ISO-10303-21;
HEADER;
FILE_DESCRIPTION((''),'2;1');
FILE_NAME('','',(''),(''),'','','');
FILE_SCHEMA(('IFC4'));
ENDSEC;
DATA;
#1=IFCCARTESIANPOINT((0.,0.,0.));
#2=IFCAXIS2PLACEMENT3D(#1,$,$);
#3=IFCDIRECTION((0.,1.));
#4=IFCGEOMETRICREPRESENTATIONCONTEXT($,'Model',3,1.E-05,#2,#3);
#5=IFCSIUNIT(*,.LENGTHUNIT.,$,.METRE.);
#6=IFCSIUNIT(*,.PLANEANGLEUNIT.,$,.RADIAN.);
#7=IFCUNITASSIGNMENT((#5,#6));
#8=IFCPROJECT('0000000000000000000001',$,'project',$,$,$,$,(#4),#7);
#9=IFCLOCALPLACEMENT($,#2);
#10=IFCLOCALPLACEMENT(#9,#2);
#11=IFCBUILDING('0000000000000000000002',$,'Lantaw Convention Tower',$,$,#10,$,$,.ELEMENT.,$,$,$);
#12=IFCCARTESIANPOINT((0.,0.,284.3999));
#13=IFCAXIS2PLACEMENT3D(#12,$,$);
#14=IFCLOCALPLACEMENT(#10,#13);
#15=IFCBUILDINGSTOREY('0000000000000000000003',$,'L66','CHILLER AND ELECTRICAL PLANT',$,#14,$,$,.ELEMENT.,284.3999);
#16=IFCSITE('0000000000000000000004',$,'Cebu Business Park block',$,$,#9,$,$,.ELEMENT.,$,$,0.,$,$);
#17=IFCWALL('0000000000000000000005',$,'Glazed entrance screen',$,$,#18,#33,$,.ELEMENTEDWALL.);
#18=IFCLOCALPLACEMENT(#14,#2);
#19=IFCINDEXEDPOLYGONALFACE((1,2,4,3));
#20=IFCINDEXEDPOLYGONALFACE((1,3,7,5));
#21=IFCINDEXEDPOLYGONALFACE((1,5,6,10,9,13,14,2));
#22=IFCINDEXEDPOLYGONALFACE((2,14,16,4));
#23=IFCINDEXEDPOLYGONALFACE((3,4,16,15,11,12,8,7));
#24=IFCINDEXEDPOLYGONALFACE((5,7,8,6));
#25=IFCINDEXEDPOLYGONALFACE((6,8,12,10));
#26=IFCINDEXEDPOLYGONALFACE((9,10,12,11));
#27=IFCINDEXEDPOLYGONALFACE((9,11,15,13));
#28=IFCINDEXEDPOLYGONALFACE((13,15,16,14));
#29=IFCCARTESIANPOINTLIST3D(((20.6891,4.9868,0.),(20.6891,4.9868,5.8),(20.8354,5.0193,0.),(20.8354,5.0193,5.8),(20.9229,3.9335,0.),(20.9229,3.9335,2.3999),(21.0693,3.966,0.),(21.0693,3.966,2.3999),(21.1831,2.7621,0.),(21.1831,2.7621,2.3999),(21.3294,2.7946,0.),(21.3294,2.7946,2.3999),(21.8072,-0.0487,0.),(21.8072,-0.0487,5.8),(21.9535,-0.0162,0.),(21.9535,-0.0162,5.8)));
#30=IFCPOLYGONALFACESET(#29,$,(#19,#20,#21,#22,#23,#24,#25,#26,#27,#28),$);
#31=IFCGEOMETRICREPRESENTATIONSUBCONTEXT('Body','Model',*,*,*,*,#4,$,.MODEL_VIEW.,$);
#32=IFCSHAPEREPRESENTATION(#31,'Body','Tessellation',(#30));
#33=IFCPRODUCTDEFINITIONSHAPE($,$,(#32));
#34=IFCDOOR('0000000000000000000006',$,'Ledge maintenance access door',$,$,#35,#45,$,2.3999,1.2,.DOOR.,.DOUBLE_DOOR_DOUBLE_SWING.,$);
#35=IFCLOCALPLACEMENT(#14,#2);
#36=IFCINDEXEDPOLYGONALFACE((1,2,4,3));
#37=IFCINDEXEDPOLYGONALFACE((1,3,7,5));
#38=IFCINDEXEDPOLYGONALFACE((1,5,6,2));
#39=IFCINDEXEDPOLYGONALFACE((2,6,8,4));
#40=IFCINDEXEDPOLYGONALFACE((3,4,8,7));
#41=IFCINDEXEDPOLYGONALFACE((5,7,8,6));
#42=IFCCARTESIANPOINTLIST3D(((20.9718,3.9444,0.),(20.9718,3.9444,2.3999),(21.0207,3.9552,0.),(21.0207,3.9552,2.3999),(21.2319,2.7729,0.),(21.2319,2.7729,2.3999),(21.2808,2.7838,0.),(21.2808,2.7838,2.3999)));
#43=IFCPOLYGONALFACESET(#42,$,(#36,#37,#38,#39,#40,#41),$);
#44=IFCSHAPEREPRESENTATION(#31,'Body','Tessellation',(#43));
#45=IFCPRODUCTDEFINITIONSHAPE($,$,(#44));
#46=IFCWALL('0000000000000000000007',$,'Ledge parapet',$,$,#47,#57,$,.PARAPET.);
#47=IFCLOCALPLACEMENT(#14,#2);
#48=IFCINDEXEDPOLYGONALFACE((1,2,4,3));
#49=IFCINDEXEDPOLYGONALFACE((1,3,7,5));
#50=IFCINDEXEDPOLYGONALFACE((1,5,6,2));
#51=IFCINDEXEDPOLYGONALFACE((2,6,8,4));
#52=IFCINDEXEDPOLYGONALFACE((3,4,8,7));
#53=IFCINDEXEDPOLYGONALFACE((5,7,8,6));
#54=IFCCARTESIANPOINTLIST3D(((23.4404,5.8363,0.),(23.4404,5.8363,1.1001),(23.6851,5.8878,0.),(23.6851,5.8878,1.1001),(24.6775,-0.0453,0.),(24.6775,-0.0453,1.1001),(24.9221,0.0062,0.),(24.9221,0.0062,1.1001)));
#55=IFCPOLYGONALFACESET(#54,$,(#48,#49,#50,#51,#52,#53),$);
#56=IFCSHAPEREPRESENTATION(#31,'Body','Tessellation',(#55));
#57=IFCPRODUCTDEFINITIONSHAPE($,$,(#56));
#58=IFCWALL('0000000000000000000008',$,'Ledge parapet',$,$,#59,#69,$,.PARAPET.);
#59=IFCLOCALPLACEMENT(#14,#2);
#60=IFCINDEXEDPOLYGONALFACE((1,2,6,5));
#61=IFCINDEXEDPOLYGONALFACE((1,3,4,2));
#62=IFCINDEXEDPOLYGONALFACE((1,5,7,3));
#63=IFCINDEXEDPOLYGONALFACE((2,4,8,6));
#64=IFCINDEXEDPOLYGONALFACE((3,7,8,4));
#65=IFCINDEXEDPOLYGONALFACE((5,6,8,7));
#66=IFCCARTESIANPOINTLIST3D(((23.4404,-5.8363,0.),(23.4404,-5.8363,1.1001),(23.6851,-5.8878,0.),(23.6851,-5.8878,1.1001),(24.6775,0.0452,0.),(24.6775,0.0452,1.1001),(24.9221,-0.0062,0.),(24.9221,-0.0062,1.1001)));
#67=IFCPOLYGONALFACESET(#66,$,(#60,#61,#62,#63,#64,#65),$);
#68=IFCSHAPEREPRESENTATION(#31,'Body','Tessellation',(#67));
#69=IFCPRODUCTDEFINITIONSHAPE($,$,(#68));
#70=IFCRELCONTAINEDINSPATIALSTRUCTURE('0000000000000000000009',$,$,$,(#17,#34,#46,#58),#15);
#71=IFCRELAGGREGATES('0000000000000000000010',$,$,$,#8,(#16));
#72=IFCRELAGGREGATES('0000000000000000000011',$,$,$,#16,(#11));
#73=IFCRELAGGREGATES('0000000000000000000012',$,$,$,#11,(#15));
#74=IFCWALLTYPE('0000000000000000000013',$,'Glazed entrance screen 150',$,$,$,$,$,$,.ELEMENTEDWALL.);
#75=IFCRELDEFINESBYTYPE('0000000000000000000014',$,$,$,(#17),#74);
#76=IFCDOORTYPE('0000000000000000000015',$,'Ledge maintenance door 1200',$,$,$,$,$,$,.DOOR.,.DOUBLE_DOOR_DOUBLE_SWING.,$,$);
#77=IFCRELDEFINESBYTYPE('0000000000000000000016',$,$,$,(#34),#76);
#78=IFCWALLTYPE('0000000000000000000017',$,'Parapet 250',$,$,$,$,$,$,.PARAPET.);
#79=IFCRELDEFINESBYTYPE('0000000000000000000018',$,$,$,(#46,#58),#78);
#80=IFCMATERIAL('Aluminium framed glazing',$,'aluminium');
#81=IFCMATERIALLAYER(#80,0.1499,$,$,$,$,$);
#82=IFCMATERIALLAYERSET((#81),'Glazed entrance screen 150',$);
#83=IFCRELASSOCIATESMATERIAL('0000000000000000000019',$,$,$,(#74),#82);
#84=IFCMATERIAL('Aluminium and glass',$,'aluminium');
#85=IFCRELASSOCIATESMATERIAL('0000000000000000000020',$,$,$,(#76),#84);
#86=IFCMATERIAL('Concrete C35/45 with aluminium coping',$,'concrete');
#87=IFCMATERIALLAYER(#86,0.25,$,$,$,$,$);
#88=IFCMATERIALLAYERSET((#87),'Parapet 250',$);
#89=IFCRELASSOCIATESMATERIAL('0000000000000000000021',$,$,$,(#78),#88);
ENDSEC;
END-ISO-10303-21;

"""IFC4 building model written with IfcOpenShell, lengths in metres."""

from ifc_helpers import new_model, si_unit, direction, frame, frame_2d, origin, place, context, subcontext, project, spatial, rectangle, extrude, material, layer, layer_set, type_object, element, fill, save


model = new_model("IFC4")

# Units and contexts
model_context = context("Model", 3, precision=1e-05, world=origin(), true_north=direction((0.0, 1.0)))
body_context = subcontext(model_context, "Body", "Model", "MODEL_VIEW")
ifc_project = project(units=[si_unit("LENGTHUNIT", "METRE"), si_unit("PLANEANGLEUNIT", "RADIAN")], contexts=[model_context])

# Site, building, storey
site_placement = place(None, origin())
site = spatial("IfcSite", under=ifc_project, at=site_placement, Name="Cebu Business Park block", CompositionType="ELEMENT", RefElevation=0.0)
building_placement = place(site_placement, origin())
building = spatial("IfcBuilding", under=site, at=building_placement, Name="Lantaw Convention Tower", CompositionType="ELEMENT")
storey_placement = place(building_placement, frame((0.0, 0.0, 284.3999)))
storey = spatial("IfcBuildingStorey", under=building, at=storey_placement, Name="L66", Description="CHILLER AND ELECTRICAL PLANT", CompositionType="ELEMENT", Elevation=284.3999)

# Wall, opening, door
ifc_material_1 = material(Name="Aluminium framed glazing", Category="aluminium")
ifc_layer_1 = layer(ifc_material_1, 0.1499)
ifc_layer_set_1 = layer_set([ifc_layer_1], Name="Glazed entrance screen 150")
wall_type_1 = type_object("IfcWallType", Name="Glazed entrance screen 150", PredefinedType="ELEMENTEDWALL", material=ifc_layer_set_1)
wall_placement = place(storey_placement, frame((21.8804, -0.0325, 0.0), z_axis=(0.0, 0.0, 1.0), x_axis=(-0.21677, 0.976223, 0.0)))
wall = element("IfcWall", 1, at=wall_placement, inside=storey, type_object=wall_type_1, Name="Glazed entrance screen", PredefinedType="ELEMENTEDWALL", context=body_context, shape_type="SweptSolid", body=[
    extrude(rectangle(XDim=5.1582, YDim=0.1499, at=frame_2d((2.5791, 0.0))), origin(), (0.0, 0.0, 1.0), 5.8),
])
opening_placement = place(wall_placement, frame((2.8792, 0.0, 0.0)))
opening = element("IfcOpeningElement", 2, at=opening_placement, cuts=wall, PredefinedType="OPENING", context=body_context, shape_type="SweptSolid", body=[
    extrude(rectangle(XDim=1.2, YDim=2.3999, at=frame_2d((0.6001, 1.2))), frame((0.0, 0.085, 0.0), z_axis=(0.0, -1.0, 0.0), x_axis=(1.0, 0.0, 0.0)), (0.0, 0.0, 1.0), 0.1699),
])
ifc_material_2 = material(Name="Aluminium and glass", Category="aluminium")
door_type = type_object("IfcDoorType", Name="Ledge maintenance door 1200", OperationType="DOUBLE_DOOR_DOUBLE_SWING", PredefinedType="DOOR", material=ifc_material_2)
door_placement = place(opening_placement, origin())
door = element("IfcDoor", 3, at=door_placement, inside=storey, type_object=door_type, Name="Ledge maintenance access door", OperationType="DOUBLE_DOOR_DOUBLE_SWING", OverallHeight=2.3999, OverallWidth=1.2, PredefinedType="DOOR", context=body_context, shape_type="SweptSolid", body=[
    extrude(rectangle(XDim=1.2, YDim=2.3999, at=frame_2d((0.6001, 1.2))), frame((0.0, 0.0249, 0.0), z_axis=(0.0, -1.0, 0.0), x_axis=(1.0, 0.0, 0.0)), (0.0, 0.0, 1.0), 0.05),
])
fill(opening, door)

# Walls
ifc_material_3 = material(Name="Concrete C35/45 with aluminium coping", Category="concrete")
ifc_layer_2 = layer(ifc_material_3, 0.25)
ifc_layer_set_2 = layer_set([ifc_layer_2], Name="Parapet 250")
wall_type_2 = type_object("IfcWallType", Name="Parapet 250", PredefinedType="PARAPET", material=ifc_layer_set_2)
for number, where, z_axis, x_axis, name in (
    (4, (24.7998, -0.0195, 0.0), (0.0, 0.0, 1.0), (-0.205824, 0.978589, 0.0), "Ledge parapet"),
    (5, (23.5627, -5.8621, 0.0), (0.0, 0.0, 1.0), (0.205824, 0.978589, 0.0), "Ledge parapet"),
):
    element("IfcWall", number, at=place(storey_placement, frame(where, z_axis=z_axis, x_axis=x_axis)), inside=storey, type_object=wall_type_2, Name=name, PredefinedType="PARAPET", context=body_context, shape_type="SweptSolid", body=[
        extrude(rectangle(XDim=6.0103, YDim=0.25, at=frame_2d((3.0051, 0.0))), origin(), (0.0, 0.0, 1.0), 1.1001),
    ])

save(model, "model.ifc")
